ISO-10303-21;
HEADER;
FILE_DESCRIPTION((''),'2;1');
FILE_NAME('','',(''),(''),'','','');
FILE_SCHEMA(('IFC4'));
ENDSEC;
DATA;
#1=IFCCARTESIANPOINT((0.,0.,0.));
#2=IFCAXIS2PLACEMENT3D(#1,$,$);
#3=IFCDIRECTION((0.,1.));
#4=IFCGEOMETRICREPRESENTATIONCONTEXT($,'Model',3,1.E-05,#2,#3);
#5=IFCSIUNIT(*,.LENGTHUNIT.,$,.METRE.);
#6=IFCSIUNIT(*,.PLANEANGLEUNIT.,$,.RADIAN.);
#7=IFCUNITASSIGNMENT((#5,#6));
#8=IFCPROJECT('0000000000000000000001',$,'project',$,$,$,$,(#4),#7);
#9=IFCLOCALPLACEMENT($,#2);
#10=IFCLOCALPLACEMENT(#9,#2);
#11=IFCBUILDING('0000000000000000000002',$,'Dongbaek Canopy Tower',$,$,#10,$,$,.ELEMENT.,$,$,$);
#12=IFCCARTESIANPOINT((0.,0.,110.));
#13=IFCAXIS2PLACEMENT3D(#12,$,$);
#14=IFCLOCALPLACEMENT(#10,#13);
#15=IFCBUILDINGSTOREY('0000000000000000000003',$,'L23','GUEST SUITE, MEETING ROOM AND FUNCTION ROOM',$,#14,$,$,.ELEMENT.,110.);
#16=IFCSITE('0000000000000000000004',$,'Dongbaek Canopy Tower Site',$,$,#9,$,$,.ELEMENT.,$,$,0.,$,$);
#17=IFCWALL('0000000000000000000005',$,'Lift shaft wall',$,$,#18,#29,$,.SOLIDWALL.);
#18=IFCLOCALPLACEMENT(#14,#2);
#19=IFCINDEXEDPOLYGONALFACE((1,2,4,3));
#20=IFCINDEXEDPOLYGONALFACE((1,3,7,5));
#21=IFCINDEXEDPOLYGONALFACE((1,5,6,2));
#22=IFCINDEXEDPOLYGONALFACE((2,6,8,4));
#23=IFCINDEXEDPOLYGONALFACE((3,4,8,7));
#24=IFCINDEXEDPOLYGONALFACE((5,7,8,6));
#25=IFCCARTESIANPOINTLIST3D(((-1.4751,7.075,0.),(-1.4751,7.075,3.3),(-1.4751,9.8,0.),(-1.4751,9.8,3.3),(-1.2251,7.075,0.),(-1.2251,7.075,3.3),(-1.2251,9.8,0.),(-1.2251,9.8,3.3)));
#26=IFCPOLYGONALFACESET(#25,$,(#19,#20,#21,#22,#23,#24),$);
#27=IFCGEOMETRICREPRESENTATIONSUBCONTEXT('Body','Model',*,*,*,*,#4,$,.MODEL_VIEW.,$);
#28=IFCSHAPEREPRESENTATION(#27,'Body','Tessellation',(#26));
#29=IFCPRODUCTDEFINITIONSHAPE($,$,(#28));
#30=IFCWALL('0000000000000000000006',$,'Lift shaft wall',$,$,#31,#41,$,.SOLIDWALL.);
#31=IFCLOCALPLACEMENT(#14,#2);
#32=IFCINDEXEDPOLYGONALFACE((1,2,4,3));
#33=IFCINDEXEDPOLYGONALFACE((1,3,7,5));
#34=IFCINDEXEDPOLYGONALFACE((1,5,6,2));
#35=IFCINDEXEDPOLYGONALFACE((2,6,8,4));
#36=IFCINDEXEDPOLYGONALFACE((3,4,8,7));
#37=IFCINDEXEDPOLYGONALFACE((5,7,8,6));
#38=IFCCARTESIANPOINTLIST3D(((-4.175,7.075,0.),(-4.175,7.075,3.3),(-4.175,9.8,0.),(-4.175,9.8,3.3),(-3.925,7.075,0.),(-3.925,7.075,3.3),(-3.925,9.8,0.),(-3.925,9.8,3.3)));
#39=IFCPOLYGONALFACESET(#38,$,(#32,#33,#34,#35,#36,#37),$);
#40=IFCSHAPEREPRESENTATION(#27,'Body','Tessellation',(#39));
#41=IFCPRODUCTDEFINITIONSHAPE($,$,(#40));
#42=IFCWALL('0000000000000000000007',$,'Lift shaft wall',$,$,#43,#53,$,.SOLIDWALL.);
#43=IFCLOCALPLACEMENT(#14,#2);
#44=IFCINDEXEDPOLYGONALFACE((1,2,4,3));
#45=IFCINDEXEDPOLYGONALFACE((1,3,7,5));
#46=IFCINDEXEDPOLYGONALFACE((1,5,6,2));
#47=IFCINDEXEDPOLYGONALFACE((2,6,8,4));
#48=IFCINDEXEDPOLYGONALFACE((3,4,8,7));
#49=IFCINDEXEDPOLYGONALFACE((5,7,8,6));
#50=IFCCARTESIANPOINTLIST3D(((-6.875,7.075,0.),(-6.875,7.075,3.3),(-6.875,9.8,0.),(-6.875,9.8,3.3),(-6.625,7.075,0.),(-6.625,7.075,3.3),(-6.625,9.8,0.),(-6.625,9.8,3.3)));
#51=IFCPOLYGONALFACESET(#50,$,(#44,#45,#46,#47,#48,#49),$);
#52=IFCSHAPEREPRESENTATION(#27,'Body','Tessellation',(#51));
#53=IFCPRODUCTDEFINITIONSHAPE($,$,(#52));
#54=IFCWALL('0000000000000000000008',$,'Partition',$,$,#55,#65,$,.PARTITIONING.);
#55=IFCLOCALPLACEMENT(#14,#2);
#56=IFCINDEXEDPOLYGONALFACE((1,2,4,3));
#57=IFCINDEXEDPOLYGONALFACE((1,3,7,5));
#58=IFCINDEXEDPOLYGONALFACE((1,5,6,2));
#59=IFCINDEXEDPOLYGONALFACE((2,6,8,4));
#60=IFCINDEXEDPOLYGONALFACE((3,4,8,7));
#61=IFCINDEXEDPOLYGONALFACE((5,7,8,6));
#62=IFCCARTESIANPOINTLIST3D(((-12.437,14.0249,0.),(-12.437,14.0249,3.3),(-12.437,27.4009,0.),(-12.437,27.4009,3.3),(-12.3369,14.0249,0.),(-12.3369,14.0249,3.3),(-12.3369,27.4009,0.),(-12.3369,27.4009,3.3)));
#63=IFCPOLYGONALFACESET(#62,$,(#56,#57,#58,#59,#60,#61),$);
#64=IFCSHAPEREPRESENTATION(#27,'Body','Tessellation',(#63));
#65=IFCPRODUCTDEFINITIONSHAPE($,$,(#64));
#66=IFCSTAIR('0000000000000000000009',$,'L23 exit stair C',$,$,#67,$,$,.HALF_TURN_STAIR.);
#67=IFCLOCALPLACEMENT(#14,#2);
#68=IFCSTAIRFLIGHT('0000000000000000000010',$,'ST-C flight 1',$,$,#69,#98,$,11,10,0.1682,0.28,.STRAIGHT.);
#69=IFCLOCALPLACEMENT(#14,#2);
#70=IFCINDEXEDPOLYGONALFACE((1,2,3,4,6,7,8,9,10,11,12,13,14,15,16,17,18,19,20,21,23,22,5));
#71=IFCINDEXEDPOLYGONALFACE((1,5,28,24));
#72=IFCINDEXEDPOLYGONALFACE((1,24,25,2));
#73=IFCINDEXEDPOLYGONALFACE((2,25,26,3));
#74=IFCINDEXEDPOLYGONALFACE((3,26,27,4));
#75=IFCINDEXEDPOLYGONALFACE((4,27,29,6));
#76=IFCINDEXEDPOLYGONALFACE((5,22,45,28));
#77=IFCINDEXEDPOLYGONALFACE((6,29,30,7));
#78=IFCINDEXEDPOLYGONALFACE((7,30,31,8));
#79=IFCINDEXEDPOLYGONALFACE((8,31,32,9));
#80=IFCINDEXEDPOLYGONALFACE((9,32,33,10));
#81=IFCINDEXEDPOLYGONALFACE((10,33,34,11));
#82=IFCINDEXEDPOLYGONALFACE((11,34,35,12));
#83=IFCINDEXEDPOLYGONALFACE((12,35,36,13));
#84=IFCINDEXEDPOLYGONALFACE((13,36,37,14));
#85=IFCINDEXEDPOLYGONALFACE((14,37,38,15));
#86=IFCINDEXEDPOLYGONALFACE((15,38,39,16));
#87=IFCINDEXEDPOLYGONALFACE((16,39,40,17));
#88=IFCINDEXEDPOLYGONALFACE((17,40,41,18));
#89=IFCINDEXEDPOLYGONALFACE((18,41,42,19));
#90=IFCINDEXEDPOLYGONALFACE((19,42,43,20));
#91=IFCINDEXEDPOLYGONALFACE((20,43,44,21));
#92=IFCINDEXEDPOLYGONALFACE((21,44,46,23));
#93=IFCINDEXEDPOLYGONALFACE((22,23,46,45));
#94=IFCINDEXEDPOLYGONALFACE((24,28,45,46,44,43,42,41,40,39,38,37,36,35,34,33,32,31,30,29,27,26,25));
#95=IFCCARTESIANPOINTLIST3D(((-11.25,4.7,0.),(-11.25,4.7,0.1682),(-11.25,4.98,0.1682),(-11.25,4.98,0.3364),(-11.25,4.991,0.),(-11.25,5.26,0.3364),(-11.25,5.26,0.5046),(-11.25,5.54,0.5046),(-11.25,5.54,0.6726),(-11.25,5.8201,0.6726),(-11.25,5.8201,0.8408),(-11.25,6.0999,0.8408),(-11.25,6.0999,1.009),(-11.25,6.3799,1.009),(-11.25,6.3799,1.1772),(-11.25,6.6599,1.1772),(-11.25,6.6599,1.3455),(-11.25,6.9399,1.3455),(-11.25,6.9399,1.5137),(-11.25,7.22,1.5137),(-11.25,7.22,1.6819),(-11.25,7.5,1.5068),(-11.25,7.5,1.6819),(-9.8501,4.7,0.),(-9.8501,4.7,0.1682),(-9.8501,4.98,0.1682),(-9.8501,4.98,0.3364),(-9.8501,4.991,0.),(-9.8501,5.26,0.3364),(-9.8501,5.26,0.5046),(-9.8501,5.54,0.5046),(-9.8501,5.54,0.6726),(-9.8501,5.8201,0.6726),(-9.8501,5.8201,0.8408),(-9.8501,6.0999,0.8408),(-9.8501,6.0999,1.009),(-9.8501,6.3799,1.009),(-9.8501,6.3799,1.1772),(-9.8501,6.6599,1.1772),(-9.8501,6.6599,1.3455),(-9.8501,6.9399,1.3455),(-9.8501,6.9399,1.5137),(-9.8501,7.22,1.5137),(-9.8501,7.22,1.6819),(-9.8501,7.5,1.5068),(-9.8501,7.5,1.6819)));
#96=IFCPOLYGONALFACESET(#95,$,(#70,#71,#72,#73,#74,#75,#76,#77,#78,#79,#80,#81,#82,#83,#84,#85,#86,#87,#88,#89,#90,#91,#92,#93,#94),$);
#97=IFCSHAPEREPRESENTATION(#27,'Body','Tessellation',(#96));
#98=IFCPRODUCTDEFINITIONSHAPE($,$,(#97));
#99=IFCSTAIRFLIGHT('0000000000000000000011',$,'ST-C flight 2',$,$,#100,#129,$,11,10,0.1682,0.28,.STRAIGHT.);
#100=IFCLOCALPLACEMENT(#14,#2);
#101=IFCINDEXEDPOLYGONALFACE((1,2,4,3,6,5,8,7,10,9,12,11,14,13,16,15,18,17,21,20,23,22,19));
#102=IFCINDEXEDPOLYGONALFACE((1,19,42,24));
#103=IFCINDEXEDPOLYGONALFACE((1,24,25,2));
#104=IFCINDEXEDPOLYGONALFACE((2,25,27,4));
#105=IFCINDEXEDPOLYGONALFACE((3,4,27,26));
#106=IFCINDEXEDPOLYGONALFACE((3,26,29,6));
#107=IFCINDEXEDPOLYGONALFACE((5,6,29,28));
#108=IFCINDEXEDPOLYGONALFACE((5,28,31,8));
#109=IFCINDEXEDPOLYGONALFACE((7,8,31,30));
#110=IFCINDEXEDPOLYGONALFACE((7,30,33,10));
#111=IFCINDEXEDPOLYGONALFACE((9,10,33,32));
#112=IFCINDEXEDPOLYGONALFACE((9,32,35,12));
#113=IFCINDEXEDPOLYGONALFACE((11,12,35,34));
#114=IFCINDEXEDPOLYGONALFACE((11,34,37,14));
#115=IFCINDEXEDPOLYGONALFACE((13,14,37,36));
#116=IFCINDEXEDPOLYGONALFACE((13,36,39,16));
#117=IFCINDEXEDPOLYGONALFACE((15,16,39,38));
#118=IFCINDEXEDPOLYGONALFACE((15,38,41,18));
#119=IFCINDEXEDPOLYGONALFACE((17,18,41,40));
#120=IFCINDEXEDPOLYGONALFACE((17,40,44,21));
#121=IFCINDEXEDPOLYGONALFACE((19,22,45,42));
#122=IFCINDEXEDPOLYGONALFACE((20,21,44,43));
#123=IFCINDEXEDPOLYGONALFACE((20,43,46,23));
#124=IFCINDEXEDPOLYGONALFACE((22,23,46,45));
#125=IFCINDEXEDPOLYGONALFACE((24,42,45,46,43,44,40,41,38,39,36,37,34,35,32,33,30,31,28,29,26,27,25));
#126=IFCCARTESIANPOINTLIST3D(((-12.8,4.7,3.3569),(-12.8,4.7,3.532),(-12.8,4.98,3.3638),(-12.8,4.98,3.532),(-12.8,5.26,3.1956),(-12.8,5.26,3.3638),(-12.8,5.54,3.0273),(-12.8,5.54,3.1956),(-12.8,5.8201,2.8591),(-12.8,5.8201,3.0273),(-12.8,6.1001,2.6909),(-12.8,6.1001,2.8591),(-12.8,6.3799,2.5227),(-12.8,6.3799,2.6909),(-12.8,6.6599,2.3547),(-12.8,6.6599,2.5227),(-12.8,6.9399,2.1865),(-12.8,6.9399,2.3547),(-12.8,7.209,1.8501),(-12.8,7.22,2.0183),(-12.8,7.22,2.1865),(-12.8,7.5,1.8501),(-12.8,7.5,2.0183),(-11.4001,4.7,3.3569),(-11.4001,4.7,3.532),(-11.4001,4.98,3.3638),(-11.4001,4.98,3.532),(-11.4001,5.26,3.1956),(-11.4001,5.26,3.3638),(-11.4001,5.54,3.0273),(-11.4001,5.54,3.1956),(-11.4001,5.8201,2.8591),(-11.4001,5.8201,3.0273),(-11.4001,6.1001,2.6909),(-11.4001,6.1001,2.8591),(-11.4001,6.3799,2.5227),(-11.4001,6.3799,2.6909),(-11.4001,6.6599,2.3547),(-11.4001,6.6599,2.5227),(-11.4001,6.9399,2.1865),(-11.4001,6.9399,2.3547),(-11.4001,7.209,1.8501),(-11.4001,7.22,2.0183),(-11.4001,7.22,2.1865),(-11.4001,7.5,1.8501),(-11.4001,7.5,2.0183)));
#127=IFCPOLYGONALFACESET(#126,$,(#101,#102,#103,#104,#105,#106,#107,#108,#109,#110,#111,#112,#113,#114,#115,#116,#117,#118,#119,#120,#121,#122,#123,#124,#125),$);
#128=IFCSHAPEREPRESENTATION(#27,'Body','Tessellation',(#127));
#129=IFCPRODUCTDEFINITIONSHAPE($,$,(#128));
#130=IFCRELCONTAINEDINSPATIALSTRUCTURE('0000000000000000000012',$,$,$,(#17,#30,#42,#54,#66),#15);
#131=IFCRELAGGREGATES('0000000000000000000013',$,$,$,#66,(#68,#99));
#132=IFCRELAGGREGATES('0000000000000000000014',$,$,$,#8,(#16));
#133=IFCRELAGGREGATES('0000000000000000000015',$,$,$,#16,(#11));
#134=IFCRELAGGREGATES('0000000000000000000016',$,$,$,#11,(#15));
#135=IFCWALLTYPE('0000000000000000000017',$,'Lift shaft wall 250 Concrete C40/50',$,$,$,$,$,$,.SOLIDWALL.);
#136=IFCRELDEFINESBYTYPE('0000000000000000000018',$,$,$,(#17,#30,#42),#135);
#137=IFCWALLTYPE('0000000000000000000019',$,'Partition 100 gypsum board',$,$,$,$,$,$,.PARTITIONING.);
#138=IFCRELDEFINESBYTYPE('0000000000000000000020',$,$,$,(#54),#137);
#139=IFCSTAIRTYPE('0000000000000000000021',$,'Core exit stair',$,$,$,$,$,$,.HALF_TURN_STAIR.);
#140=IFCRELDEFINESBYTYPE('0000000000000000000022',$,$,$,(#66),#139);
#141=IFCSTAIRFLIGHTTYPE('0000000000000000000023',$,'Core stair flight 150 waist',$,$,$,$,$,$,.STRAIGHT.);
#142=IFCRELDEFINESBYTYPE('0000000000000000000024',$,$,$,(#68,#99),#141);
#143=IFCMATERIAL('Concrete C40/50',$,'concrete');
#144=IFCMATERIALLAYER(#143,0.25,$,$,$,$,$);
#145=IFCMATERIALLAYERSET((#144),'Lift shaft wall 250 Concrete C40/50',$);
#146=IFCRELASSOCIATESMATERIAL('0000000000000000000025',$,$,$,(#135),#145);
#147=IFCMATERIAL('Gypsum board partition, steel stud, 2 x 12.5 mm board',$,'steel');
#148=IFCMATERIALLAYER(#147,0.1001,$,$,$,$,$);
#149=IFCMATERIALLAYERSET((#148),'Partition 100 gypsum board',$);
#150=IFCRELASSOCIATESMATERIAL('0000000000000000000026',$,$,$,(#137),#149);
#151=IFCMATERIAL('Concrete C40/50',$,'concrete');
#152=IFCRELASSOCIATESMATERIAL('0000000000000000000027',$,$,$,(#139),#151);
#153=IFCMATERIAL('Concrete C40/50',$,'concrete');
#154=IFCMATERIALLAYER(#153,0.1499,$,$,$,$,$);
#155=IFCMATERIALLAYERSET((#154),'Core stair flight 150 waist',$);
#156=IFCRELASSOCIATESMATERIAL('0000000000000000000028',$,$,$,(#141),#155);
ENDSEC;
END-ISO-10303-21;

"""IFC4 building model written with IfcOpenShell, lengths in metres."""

from ifc_helpers import new_model, si_unit, direction, frame, frame_2d, origin, place, context, subcontext, project, spatial, polyline, rectangle, outline, extrude, material, layer, layer_set, type_object, element, aggregate, save


model = new_model("IFC4")

# Units and contexts
model_context = context("Model", 3, precision=1e-05, world=origin(), true_north=direction((0.0, 1.0)))
body_context = subcontext(model_context, "Body", "Model", "MODEL_VIEW")
ifc_project = project(units=[si_unit("LENGTHUNIT", "METRE"), si_unit("PLANEANGLEUNIT", "RADIAN")], contexts=[model_context])

# Site, building, storey
site_placement = place(None, origin())
site = spatial("IfcSite", under=ifc_project, at=site_placement, Name="Dongbaek Canopy Tower Site", CompositionType="ELEMENT", RefElevation=0.0)
building_placement = place(site_placement, origin())
building = spatial("IfcBuilding", under=site, at=building_placement, Name="Dongbaek Canopy Tower", CompositionType="ELEMENT")
storey_placement = place(building_placement, frame((0.0, 0.0, 110.0)))
storey = spatial("IfcBuildingStorey", under=building, at=storey_placement, Name="L23", Description="GUEST SUITE, MEETING ROOM AND FUNCTION ROOM", CompositionType="ELEMENT", Elevation=110.0)

# Walls
ifc_material_1 = material(Name="Concrete C40/50", Category="concrete")
ifc_layer_1 = layer(ifc_material_1, 0.25)
ifc_layer_set_1 = layer_set([ifc_layer_1], Name="Lift shaft wall 250 Concrete C40/50")
wall_type_1 = type_object("IfcWallType", Name="Lift shaft wall 250 Concrete C40/50", PredefinedType="SOLIDWALL", material=ifc_layer_set_1)
for number, where, z_axis, x_axis, name in (
    (1, (-1.3501, 7.075, 0.0), (0.0, 0.0, 1.0), (0.0, 1.0, 0.0), "Lift shaft wall"),
    (2, (-4.05, 7.075, 0.0), (0.0, 0.0, 1.0), (0.0, 1.0, 0.0), "Lift shaft wall"),
    (3, (-6.75, 7.075, 0.0), (0.0, 0.0, 1.0), (0.0, 1.0, 0.0), "Lift shaft wall"),
):
    element("IfcWall", number, at=place(storey_placement, frame(where, z_axis=z_axis, x_axis=x_axis)), inside=storey, type_object=wall_type_1, Name=name, PredefinedType="SOLIDWALL", context=body_context, shape_type="SweptSolid", body=[
        extrude(rectangle(XDim=2.7251, YDim=0.25, at=frame_2d((1.3625, 0.0))), origin(), (0.0, 0.0, 1.0), 3.3),
    ])
ifc_material_2 = material(Name="Gypsum board partition, steel stud, 2 x 12.5 mm board", Category="steel")
ifc_layer_2 = layer(ifc_material_2, 0.1001)
ifc_layer_set_2 = layer_set([ifc_layer_2], Name="Partition 100 gypsum board")
wall_type_2 = type_object("IfcWallType", Name="Partition 100 gypsum board", PredefinedType="PARTITIONING", material=ifc_layer_set_2)
wall_1_placement = place(storey_placement, frame((-12.387, 14.0249, 0.0), z_axis=(0.0, 0.0, 1.0), x_axis=(0.0, 1.0, 0.0)))
element("IfcWall", 4, at=wall_1_placement, inside=storey, type_object=wall_type_2, Name="Partition", PredefinedType="PARTITIONING", context=body_context, shape_type="SweptSolid", body=[
    extrude(rectangle(XDim=13.376, YDim=0.1001, at=frame_2d((6.688, 0.0))), origin(), (0.0, 0.0, 1.0), 3.3),
])

# Stair, stair flights
ifc_material_3 = material(Name="Concrete C40/50", Category="concrete")
stair_type = type_object("IfcStairType", Name="Core exit stair", PredefinedType="HALF_TURN_STAIR", material=ifc_material_3)
stair_placement = place(storey_placement, origin())
stair = element("IfcStair", 5, at=stair_placement, inside=storey, type_object=stair_type, Name="L23 exit stair C", PredefinedType="HALF_TURN_STAIR")
ifc_material_4 = material(Name="Concrete C40/50", Category="concrete")
ifc_layer_3 = layer(ifc_material_4, 0.1499)
ifc_layer_set_3 = layer_set([ifc_layer_3], Name="Core stair flight 150 waist")
stair_flight_type = type_object("IfcStairFlightType", Name="Core stair flight 150 waist", PredefinedType="STRAIGHT", material=ifc_layer_set_3)
stair_flight_1_placement = place(storey_placement, frame((-10.55, 4.7, 0.0), z_axis=(0.0, 0.0, 1.0), x_axis=(0.0, 1.0, 0.0)))
stair_flight_1 = element("IfcStairFlight", 6, at=stair_flight_1_placement, type_object=stair_flight_type, Name="ST-C flight 1", NumberOfRisers=11, NumberOfTreads=10, PredefinedType="STRAIGHT", RiserHeight=0.1682, TreadLength=0.28, context=body_context, shape_type="SweptSolid", body=[
    extrude(outline(polyline([(0.0, 0.0), (0.0, 0.1682), (0.28, 0.1682), (0.28, 0.3364), (0.5601, 0.3364), (0.5601, 0.5046), (0.8401, 0.5046), (0.8401, 0.6726), (1.1201, 0.6726), (1.1201, 0.8408), (1.3999, 0.8408), (1.3999, 1.009), (1.6799, 1.009), (1.6799, 1.1772), (1.96, 1.1772), (1.96, 1.3455), (2.24, 1.3455), (2.24, 1.5137), (2.52, 1.5137), (2.52, 1.6819), (2.8, 1.6819), (2.8, 1.8501), (2.8, 1.5068), (0.291, 0.0), (0.0, 0.0)])), frame((0.0, 0.7, 0.0), z_axis=(0.0, -1.0, 0.0), x_axis=(1.0, 0.0, 0.0)), (0.0, 0.0, 1.0), 1.3999),
])
stair_flight_2_placement = place(storey_placement, frame((-12.1001, 7.5, 1.8501), z_axis=(0.0, 0.0, 1.0), x_axis=(0.0, -1.0, 0.0)))
stair_flight_2 = element("IfcStairFlight", 7, at=stair_flight_2_placement, type_object=stair_flight_type, Name="ST-C flight 2", NumberOfRisers=11, NumberOfTreads=10, PredefinedType="STRAIGHT", RiserHeight=0.1682, TreadLength=0.28, context=body_context, shape_type="SweptSolid", body=[
    extrude(outline(polyline([(0.0, 0.0), (0.0, 0.1682), (0.28, 0.1682), (0.28, 0.3364), (0.5601, 0.3364), (0.5601, 0.5046), (0.8401, 0.5046), (0.8401, 0.6726), (1.1201, 0.6726), (1.1201, 0.8408), (1.3999, 0.8408), (1.3999, 1.009), (1.6799, 1.009), (1.6799, 1.1772), (1.96, 1.1772), (1.96, 1.3455), (2.24, 1.3455), (2.24, 1.5137), (2.52, 1.5137), (2.52, 1.6819), (2.8, 1.6819), (2.8, 1.8501), (2.8, 1.5068), (0.291, 0.0), (0.0, 0.0)])), frame((0.0, 0.7, 0.0), z_axis=(0.0, -1.0, 0.0), x_axis=(1.0, 0.0, 0.0)), (0.0, 0.0, 1.0), 1.3999),
])
aggregate(stair, [stair_flight_1, stair_flight_2])

save(model, "model.ifc")
